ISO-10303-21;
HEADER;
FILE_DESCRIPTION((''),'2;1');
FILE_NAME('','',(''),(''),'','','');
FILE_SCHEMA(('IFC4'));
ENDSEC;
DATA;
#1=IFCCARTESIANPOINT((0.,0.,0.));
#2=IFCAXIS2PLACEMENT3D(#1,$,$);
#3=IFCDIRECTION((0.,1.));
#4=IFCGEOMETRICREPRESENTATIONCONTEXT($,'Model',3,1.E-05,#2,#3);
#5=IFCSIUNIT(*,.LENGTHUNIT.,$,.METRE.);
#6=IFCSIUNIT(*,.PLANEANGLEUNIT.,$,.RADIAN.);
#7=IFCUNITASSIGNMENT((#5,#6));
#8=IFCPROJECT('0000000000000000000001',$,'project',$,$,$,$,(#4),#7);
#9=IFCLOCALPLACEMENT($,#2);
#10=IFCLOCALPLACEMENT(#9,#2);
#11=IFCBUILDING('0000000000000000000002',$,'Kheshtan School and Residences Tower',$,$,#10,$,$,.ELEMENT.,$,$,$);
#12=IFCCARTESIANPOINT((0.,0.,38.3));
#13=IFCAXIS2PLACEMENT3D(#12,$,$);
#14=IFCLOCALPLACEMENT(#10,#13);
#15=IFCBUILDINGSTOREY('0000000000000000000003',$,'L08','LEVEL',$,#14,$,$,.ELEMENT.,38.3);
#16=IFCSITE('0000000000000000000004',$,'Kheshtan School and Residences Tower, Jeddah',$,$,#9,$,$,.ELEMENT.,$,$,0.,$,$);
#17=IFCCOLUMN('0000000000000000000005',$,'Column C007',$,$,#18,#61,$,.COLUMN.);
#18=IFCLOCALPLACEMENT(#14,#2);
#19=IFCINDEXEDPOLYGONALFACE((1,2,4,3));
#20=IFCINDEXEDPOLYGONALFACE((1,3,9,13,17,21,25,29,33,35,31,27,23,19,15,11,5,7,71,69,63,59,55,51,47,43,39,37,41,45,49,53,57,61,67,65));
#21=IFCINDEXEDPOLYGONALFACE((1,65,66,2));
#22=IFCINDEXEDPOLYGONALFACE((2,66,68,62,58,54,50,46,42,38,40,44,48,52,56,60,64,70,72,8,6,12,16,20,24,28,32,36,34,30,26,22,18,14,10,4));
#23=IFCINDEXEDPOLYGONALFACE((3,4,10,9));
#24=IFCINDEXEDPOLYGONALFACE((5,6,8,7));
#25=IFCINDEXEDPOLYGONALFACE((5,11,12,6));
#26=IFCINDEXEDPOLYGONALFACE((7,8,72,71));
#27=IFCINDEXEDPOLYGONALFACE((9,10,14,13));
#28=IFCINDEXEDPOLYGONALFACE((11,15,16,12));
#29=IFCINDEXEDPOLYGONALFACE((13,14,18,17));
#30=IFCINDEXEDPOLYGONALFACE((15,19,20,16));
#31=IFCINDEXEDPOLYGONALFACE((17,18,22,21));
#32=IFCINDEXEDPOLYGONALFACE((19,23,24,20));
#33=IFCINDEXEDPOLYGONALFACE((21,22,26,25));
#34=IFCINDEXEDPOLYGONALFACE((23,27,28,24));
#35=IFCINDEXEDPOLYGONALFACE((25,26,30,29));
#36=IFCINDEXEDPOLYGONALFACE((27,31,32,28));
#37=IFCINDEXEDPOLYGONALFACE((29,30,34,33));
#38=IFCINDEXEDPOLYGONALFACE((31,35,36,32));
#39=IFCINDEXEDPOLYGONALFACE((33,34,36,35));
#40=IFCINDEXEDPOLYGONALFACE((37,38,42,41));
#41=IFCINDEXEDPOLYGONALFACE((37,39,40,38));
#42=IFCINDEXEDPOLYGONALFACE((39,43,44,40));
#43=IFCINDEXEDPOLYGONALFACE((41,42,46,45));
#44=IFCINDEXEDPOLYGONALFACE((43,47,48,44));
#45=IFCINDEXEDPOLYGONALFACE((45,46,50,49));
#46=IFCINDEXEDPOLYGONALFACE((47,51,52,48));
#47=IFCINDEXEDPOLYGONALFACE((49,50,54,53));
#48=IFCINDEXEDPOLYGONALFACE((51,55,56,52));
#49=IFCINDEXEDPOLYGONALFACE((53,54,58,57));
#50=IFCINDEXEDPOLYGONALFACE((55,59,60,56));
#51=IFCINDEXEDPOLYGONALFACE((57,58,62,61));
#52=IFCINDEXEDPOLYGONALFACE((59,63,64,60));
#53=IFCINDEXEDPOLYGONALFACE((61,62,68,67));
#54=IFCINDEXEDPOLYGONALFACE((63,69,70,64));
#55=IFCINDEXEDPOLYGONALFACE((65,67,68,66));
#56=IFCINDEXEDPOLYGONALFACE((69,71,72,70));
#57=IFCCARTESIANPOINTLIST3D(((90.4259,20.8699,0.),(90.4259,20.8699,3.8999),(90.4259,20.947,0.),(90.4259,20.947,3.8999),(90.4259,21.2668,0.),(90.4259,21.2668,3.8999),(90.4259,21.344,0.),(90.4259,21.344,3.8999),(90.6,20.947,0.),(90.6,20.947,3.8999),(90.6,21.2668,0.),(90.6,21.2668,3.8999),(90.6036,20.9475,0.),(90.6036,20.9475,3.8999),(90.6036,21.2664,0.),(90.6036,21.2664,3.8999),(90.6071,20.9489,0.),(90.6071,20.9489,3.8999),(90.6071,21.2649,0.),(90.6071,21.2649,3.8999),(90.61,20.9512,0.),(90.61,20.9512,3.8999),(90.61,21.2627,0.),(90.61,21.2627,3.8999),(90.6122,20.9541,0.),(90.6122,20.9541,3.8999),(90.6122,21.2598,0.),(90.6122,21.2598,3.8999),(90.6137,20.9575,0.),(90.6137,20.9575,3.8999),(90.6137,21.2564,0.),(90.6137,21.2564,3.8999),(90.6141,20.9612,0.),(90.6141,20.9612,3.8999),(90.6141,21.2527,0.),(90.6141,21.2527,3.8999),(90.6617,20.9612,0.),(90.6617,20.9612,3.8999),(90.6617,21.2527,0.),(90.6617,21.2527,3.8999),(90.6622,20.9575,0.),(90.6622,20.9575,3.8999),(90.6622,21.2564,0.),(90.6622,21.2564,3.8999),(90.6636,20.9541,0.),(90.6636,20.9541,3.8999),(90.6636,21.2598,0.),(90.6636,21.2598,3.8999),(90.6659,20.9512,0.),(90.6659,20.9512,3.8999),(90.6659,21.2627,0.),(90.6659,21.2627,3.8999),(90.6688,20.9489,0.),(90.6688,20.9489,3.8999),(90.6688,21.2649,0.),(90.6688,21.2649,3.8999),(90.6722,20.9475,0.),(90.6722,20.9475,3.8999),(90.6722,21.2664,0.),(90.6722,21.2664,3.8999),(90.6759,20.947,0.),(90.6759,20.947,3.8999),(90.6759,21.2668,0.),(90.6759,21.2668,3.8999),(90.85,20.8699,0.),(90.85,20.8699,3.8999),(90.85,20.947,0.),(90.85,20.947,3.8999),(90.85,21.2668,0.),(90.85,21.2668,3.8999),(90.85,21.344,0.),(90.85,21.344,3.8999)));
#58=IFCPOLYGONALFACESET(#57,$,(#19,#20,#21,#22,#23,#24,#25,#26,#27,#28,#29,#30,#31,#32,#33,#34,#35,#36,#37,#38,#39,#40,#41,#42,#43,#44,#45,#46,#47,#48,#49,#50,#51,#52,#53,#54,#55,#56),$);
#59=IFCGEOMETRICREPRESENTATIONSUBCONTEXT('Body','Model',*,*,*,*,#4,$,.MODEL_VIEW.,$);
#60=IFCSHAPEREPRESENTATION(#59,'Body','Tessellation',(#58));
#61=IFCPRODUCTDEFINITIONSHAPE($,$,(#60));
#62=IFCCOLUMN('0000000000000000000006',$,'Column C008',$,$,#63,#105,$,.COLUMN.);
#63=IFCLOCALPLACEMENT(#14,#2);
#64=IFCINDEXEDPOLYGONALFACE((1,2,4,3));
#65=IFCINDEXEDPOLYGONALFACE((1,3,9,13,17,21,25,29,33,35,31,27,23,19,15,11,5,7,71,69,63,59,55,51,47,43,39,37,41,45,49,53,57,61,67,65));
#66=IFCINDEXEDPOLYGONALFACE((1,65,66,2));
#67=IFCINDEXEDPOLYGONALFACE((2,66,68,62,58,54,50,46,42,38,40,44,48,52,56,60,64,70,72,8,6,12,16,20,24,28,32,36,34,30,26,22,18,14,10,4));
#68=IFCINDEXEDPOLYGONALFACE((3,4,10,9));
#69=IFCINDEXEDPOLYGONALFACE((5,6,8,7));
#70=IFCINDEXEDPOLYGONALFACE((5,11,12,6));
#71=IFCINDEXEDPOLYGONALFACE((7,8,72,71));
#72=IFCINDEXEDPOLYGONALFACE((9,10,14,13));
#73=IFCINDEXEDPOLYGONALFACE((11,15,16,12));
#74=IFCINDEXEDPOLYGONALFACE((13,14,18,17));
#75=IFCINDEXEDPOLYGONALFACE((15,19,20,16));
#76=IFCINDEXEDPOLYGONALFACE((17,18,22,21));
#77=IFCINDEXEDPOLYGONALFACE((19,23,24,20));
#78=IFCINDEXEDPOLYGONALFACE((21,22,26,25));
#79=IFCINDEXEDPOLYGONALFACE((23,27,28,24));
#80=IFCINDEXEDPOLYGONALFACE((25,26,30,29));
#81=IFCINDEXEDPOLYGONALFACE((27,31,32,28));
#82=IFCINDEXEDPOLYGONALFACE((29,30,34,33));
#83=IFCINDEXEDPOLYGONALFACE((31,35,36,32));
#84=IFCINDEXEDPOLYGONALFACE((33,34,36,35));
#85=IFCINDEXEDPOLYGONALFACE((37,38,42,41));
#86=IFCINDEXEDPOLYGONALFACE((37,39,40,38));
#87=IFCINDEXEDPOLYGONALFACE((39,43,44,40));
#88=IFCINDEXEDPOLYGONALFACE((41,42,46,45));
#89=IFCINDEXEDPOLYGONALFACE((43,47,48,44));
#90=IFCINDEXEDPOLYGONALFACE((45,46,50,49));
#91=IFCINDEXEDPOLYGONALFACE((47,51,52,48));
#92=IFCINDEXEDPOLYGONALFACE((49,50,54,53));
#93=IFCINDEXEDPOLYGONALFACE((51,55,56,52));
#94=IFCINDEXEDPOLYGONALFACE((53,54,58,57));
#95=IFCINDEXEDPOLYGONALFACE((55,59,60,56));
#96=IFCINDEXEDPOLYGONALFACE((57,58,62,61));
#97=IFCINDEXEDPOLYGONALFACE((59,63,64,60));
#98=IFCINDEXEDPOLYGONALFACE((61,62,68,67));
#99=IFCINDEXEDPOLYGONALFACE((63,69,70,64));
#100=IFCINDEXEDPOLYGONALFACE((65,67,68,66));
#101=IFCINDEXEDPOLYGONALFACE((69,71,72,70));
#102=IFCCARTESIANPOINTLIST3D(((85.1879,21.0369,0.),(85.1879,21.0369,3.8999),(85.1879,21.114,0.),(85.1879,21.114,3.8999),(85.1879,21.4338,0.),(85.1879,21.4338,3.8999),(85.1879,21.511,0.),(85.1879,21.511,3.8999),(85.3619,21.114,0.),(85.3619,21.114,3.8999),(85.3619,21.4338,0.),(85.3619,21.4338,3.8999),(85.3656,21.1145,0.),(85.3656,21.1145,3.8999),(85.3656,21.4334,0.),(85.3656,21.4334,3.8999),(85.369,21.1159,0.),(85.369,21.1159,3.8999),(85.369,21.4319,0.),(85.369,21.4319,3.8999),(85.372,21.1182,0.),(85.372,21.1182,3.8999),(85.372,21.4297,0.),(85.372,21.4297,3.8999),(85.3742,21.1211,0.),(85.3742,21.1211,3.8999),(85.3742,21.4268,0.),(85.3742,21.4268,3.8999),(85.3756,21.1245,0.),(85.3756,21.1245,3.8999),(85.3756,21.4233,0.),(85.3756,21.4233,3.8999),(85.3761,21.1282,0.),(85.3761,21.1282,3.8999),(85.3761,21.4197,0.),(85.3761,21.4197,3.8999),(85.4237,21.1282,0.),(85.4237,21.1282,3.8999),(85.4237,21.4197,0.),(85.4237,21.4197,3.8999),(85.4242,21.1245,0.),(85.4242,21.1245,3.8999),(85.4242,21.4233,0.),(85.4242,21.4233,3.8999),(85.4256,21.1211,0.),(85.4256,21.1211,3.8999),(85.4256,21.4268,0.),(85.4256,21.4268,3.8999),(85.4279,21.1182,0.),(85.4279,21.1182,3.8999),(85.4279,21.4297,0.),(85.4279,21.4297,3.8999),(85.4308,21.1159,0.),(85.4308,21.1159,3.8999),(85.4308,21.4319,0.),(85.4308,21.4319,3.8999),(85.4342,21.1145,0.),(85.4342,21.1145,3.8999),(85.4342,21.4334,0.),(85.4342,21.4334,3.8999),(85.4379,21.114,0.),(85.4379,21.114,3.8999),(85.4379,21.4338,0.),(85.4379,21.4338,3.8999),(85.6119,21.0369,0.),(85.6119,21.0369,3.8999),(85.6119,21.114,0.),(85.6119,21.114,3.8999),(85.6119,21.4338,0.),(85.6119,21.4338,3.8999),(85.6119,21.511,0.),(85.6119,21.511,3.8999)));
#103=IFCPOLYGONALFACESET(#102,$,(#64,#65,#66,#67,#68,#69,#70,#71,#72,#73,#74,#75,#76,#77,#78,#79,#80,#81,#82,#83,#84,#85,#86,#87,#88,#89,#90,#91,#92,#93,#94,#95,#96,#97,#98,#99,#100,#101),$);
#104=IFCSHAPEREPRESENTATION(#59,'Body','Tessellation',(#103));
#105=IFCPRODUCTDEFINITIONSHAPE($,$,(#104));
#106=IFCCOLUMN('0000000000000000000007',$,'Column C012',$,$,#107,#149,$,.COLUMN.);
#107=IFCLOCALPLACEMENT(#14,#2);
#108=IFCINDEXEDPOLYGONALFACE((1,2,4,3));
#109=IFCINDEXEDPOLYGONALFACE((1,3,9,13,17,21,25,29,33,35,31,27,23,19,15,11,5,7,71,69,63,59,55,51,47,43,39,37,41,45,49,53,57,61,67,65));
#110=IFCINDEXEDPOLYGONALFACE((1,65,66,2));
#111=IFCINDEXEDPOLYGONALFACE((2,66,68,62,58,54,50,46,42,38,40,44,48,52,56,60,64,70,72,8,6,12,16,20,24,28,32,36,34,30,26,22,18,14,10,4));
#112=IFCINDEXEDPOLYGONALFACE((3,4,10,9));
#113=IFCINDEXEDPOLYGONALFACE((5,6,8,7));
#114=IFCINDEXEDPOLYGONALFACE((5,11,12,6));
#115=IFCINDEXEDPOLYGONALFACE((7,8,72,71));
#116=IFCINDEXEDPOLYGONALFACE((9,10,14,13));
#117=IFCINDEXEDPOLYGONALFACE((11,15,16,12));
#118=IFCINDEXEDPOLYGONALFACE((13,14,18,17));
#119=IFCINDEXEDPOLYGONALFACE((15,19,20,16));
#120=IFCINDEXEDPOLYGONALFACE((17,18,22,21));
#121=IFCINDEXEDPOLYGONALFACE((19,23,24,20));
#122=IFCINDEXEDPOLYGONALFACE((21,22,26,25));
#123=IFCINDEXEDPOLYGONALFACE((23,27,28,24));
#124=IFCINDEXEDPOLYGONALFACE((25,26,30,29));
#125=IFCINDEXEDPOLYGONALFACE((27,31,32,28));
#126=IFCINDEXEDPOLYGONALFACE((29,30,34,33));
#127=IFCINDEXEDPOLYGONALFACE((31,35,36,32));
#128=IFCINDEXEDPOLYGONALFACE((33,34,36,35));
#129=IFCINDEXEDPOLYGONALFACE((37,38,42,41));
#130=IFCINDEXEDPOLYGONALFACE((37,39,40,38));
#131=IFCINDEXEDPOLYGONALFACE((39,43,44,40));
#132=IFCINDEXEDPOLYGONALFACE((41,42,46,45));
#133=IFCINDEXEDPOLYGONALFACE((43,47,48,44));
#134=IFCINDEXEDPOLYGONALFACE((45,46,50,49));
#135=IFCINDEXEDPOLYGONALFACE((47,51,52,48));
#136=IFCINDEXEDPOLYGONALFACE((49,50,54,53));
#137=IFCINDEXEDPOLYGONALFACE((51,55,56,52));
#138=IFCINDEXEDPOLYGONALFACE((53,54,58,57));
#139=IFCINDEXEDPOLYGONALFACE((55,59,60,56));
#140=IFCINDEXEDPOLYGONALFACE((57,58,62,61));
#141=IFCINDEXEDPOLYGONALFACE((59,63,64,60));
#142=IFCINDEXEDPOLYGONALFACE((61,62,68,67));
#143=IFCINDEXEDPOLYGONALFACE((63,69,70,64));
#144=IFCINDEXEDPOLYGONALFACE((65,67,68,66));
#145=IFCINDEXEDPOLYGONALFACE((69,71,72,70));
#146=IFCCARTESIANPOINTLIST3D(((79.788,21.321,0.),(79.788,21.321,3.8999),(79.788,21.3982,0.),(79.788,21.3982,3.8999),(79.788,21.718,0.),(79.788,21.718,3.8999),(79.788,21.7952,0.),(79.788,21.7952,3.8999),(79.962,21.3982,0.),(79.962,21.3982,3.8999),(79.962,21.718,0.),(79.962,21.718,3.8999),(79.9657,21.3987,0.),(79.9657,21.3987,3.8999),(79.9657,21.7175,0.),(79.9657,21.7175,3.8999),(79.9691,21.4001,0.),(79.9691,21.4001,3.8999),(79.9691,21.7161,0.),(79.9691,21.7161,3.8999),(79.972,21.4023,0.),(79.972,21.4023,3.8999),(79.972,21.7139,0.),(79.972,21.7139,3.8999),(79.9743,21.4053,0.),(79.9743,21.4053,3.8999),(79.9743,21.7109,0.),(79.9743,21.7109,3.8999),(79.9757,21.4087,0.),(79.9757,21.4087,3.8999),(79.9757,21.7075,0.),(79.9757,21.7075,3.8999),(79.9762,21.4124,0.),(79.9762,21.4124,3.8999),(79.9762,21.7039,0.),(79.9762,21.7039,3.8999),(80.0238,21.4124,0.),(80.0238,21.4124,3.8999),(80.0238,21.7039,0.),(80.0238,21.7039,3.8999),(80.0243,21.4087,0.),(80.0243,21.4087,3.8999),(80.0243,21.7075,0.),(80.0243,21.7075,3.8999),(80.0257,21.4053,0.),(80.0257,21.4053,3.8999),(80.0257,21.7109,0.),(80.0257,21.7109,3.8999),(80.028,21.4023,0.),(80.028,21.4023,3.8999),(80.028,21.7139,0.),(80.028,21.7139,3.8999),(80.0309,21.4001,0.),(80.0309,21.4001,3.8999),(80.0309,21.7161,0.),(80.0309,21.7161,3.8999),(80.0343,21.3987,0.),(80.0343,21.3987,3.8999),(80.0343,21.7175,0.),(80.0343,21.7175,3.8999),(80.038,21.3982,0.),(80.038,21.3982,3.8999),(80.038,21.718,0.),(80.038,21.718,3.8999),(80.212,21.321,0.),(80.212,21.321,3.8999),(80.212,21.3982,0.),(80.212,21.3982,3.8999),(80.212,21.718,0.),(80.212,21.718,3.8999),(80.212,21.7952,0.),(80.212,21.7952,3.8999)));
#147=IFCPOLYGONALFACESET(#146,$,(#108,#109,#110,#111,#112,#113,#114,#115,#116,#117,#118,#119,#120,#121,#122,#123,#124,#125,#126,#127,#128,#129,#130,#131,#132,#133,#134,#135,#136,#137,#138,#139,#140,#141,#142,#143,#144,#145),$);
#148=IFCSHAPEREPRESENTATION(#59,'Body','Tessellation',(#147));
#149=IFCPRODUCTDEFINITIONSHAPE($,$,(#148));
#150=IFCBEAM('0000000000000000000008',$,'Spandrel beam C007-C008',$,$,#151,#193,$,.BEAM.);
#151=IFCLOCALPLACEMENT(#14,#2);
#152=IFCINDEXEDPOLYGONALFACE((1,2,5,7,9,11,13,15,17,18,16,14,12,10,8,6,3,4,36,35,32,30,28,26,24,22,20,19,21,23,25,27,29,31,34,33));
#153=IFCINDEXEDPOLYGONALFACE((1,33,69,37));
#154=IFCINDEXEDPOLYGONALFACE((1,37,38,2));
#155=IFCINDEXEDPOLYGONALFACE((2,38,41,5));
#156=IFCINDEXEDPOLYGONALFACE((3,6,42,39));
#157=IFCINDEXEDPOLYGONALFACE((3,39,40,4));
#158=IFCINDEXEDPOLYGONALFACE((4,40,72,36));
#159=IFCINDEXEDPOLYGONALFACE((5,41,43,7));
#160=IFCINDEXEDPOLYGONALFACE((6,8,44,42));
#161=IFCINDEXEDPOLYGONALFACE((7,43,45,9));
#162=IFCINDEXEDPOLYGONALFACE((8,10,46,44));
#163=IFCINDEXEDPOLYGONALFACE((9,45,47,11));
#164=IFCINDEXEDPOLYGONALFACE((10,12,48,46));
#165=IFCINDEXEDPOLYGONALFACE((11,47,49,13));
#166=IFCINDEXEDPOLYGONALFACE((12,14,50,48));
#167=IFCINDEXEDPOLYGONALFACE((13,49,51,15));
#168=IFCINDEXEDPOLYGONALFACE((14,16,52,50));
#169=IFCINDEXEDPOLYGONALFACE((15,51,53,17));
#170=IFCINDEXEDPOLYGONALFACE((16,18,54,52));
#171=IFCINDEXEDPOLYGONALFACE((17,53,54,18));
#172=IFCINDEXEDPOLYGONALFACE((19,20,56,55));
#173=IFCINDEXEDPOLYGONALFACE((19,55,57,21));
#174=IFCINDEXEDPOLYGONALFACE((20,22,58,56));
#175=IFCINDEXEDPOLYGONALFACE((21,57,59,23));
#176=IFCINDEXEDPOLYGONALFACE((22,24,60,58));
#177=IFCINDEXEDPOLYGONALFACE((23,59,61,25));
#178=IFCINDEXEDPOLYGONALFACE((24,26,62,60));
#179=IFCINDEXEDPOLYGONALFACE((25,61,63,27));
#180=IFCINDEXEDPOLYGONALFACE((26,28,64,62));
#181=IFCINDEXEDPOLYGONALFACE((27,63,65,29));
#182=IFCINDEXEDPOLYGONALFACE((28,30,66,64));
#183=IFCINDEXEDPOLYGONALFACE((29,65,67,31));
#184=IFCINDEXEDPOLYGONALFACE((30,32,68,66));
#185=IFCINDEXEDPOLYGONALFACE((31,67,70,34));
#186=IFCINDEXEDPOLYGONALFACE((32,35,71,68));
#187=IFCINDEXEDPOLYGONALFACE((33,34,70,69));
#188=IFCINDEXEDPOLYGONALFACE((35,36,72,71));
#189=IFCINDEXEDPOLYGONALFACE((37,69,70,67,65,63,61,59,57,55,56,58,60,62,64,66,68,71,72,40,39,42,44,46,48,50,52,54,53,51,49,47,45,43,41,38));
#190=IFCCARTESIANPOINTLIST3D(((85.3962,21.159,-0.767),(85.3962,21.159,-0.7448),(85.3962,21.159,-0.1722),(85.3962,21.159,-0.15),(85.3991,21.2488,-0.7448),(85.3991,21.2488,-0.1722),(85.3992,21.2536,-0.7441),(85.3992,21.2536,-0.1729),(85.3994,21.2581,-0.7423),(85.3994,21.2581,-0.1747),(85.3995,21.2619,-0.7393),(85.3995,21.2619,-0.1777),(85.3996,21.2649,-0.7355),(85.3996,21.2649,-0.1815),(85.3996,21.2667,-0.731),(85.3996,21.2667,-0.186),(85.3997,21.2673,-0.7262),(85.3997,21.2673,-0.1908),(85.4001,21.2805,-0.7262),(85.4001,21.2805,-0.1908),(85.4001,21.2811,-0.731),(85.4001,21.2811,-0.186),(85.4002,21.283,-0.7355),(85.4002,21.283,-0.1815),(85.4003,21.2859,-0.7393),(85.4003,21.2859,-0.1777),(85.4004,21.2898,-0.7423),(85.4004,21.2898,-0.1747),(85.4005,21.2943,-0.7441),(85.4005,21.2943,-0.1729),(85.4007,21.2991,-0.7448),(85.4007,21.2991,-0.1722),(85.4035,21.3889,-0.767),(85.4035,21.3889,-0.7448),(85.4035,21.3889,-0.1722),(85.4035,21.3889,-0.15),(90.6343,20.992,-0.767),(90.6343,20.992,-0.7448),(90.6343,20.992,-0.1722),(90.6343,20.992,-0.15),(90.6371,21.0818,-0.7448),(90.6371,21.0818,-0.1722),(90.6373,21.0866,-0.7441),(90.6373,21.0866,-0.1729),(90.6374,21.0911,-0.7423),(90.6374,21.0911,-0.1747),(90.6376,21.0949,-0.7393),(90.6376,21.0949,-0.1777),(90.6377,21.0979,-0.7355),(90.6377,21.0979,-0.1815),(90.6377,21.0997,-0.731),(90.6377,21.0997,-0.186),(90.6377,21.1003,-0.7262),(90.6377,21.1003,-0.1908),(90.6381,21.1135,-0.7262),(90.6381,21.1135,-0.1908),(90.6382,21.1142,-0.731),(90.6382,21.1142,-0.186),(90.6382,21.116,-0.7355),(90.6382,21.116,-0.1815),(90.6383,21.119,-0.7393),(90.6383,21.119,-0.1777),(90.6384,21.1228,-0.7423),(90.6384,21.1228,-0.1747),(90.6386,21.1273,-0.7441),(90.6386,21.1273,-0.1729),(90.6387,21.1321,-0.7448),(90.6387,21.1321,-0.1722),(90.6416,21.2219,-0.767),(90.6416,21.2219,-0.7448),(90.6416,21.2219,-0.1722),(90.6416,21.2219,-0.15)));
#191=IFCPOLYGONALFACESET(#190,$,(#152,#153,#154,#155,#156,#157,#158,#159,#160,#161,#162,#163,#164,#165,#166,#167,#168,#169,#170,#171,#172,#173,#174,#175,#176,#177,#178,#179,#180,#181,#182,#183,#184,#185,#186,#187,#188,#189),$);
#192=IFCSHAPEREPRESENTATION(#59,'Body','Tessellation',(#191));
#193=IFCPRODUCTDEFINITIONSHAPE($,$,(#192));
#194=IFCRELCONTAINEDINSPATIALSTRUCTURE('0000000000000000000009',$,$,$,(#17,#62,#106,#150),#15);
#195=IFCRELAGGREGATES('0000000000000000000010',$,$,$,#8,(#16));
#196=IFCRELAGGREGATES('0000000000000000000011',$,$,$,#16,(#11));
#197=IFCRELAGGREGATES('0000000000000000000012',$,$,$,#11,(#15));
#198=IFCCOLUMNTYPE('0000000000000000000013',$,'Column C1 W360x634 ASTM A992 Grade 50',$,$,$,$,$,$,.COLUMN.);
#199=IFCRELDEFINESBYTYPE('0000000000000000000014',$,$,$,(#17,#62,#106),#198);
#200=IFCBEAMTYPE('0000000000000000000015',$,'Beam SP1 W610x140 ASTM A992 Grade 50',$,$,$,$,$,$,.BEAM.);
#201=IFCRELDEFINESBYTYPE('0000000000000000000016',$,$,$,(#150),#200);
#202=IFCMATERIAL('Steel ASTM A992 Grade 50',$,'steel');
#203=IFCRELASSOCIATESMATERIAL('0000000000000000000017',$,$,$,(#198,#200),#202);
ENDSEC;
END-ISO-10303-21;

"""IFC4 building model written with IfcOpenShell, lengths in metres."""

from ifc_helpers import new_model, si_unit, direction, frame, origin, origin_2d, place, context, subcontext, project, spatial, i_section, extrude, material, material_profile, profile_set, type_object, element, save


model = new_model("IFC4")

# Units and contexts
model_context = context("Model", 3, precision=1e-05, world=origin(), true_north=direction((0.0, 1.0)))
body_context = subcontext(model_context, "Body", "Model", "MODEL_VIEW")
ifc_project = project(units=[si_unit("LENGTHUNIT", "METRE"), si_unit("PLANEANGLEUNIT", "RADIAN")], contexts=[model_context])

# Site, building, storey
site_placement = place(None, origin())
site = spatial("IfcSite", under=ifc_project, at=site_placement, Name="Kheshtan School and Residences Tower, Jeddah", CompositionType="ELEMENT", RefElevation=0.0)
building_placement = place(site_placement, origin())
building = spatial("IfcBuilding", under=site, at=building_placement, Name="Kheshtan School and Residences Tower", CompositionType="ELEMENT")
storey_placement = place(building_placement, frame((0.0, 0.0, 38.3)))
storey = spatial("IfcBuildingStorey", under=building, at=storey_placement, Name="L08", Description="LEVEL", CompositionType="ELEMENT", Elevation=38.3)

# Columns
ifc_material_1 = material(Name="Steel ASTM A992 Grade 50", Category="steel")
ifc_material_profile_1 = material_profile(ifc_material_1, i_section(OverallWidth=0.4241, OverallDepth=0.4741, WebThickness=0.0476, FlangeThickness=0.0771, FilletRadius=0.0142, at=origin_2d()), Name="W360x634")
ifc_profile_set_1 = profile_set([ifc_material_profile_1], Name="Steel ASTM A992 Grade 50")
column_type = type_object("IfcColumnType", Name="Column C1 W360x634 ASTM A992 Grade 50", PredefinedType="COLUMN", material=ifc_profile_set_1)
for number, where, z_axis, x_axis, name in (
    (1, (90.6379, 21.1069, 0.0), (0.0, 0.0, 1.0), (1.0, 0.0, 0.0), "Column C007"),
    (2, (85.3999, 21.2739, 0.0), (0.0, 0.0, 1.0), (1.0, 0.0, 0.0), "Column C008"),
    (3, (80.0, 21.5581, 0.0), (0.0, 0.0, 1.0), (1.0, 0.0, 0.0), "Column C012"),
):
    element("IfcColumn", number, at=place(storey_placement, frame(where, z_axis=z_axis, x_axis=x_axis)), inside=storey, type_object=column_type, Name=name, PredefinedType="COLUMN", context=body_context, shape_type="SweptSolid", body=[
        extrude(i_section(OverallWidth=0.4241, OverallDepth=0.4741, WebThickness=0.0476, FlangeThickness=0.0771, FilletRadius=0.0142, at=origin_2d()), origin(), (0.0, 0.0, 1.0), 3.8999),
    ])

# Beam
ifc_material_profile_2 = material_profile(ifc_material_1, i_section(OverallWidth=0.23, OverallDepth=0.6169, WebThickness=0.0132, FlangeThickness=0.0222, FilletRadius=0.0186, at=origin_2d()), Name="W610x140")
ifc_profile_set_2 = profile_set([ifc_material_profile_2], Name="Steel ASTM A992 Grade 50")
beam_type = type_object("IfcBeamType", Name="Beam SP1 W610x140 ASTM A992 Grade 50", PredefinedType="BEAM", material=ifc_profile_set_2)
beam_placement = place(storey_placement, frame((90.6379, 21.1069, -0.4585), z_axis=(-0.999492, 0.031864, 0.0), x_axis=(-0.031864, -0.999492, 0.0)))
element("IfcBeam", 4, at=beam_placement, inside=storey, type_object=beam_type, Name="Spandrel beam C007-C008", PredefinedType="BEAM", context=body_context, shape_type="SweptSolid", body=[
    extrude(i_section(OverallWidth=0.23, OverallDepth=0.6169, WebThickness=0.0132, FlangeThickness=0.0222, FilletRadius=0.0186, at=origin_2d()), origin(), (0.0, 0.0, 1.0), 5.2407),
])

save(model, "model.ifc")
